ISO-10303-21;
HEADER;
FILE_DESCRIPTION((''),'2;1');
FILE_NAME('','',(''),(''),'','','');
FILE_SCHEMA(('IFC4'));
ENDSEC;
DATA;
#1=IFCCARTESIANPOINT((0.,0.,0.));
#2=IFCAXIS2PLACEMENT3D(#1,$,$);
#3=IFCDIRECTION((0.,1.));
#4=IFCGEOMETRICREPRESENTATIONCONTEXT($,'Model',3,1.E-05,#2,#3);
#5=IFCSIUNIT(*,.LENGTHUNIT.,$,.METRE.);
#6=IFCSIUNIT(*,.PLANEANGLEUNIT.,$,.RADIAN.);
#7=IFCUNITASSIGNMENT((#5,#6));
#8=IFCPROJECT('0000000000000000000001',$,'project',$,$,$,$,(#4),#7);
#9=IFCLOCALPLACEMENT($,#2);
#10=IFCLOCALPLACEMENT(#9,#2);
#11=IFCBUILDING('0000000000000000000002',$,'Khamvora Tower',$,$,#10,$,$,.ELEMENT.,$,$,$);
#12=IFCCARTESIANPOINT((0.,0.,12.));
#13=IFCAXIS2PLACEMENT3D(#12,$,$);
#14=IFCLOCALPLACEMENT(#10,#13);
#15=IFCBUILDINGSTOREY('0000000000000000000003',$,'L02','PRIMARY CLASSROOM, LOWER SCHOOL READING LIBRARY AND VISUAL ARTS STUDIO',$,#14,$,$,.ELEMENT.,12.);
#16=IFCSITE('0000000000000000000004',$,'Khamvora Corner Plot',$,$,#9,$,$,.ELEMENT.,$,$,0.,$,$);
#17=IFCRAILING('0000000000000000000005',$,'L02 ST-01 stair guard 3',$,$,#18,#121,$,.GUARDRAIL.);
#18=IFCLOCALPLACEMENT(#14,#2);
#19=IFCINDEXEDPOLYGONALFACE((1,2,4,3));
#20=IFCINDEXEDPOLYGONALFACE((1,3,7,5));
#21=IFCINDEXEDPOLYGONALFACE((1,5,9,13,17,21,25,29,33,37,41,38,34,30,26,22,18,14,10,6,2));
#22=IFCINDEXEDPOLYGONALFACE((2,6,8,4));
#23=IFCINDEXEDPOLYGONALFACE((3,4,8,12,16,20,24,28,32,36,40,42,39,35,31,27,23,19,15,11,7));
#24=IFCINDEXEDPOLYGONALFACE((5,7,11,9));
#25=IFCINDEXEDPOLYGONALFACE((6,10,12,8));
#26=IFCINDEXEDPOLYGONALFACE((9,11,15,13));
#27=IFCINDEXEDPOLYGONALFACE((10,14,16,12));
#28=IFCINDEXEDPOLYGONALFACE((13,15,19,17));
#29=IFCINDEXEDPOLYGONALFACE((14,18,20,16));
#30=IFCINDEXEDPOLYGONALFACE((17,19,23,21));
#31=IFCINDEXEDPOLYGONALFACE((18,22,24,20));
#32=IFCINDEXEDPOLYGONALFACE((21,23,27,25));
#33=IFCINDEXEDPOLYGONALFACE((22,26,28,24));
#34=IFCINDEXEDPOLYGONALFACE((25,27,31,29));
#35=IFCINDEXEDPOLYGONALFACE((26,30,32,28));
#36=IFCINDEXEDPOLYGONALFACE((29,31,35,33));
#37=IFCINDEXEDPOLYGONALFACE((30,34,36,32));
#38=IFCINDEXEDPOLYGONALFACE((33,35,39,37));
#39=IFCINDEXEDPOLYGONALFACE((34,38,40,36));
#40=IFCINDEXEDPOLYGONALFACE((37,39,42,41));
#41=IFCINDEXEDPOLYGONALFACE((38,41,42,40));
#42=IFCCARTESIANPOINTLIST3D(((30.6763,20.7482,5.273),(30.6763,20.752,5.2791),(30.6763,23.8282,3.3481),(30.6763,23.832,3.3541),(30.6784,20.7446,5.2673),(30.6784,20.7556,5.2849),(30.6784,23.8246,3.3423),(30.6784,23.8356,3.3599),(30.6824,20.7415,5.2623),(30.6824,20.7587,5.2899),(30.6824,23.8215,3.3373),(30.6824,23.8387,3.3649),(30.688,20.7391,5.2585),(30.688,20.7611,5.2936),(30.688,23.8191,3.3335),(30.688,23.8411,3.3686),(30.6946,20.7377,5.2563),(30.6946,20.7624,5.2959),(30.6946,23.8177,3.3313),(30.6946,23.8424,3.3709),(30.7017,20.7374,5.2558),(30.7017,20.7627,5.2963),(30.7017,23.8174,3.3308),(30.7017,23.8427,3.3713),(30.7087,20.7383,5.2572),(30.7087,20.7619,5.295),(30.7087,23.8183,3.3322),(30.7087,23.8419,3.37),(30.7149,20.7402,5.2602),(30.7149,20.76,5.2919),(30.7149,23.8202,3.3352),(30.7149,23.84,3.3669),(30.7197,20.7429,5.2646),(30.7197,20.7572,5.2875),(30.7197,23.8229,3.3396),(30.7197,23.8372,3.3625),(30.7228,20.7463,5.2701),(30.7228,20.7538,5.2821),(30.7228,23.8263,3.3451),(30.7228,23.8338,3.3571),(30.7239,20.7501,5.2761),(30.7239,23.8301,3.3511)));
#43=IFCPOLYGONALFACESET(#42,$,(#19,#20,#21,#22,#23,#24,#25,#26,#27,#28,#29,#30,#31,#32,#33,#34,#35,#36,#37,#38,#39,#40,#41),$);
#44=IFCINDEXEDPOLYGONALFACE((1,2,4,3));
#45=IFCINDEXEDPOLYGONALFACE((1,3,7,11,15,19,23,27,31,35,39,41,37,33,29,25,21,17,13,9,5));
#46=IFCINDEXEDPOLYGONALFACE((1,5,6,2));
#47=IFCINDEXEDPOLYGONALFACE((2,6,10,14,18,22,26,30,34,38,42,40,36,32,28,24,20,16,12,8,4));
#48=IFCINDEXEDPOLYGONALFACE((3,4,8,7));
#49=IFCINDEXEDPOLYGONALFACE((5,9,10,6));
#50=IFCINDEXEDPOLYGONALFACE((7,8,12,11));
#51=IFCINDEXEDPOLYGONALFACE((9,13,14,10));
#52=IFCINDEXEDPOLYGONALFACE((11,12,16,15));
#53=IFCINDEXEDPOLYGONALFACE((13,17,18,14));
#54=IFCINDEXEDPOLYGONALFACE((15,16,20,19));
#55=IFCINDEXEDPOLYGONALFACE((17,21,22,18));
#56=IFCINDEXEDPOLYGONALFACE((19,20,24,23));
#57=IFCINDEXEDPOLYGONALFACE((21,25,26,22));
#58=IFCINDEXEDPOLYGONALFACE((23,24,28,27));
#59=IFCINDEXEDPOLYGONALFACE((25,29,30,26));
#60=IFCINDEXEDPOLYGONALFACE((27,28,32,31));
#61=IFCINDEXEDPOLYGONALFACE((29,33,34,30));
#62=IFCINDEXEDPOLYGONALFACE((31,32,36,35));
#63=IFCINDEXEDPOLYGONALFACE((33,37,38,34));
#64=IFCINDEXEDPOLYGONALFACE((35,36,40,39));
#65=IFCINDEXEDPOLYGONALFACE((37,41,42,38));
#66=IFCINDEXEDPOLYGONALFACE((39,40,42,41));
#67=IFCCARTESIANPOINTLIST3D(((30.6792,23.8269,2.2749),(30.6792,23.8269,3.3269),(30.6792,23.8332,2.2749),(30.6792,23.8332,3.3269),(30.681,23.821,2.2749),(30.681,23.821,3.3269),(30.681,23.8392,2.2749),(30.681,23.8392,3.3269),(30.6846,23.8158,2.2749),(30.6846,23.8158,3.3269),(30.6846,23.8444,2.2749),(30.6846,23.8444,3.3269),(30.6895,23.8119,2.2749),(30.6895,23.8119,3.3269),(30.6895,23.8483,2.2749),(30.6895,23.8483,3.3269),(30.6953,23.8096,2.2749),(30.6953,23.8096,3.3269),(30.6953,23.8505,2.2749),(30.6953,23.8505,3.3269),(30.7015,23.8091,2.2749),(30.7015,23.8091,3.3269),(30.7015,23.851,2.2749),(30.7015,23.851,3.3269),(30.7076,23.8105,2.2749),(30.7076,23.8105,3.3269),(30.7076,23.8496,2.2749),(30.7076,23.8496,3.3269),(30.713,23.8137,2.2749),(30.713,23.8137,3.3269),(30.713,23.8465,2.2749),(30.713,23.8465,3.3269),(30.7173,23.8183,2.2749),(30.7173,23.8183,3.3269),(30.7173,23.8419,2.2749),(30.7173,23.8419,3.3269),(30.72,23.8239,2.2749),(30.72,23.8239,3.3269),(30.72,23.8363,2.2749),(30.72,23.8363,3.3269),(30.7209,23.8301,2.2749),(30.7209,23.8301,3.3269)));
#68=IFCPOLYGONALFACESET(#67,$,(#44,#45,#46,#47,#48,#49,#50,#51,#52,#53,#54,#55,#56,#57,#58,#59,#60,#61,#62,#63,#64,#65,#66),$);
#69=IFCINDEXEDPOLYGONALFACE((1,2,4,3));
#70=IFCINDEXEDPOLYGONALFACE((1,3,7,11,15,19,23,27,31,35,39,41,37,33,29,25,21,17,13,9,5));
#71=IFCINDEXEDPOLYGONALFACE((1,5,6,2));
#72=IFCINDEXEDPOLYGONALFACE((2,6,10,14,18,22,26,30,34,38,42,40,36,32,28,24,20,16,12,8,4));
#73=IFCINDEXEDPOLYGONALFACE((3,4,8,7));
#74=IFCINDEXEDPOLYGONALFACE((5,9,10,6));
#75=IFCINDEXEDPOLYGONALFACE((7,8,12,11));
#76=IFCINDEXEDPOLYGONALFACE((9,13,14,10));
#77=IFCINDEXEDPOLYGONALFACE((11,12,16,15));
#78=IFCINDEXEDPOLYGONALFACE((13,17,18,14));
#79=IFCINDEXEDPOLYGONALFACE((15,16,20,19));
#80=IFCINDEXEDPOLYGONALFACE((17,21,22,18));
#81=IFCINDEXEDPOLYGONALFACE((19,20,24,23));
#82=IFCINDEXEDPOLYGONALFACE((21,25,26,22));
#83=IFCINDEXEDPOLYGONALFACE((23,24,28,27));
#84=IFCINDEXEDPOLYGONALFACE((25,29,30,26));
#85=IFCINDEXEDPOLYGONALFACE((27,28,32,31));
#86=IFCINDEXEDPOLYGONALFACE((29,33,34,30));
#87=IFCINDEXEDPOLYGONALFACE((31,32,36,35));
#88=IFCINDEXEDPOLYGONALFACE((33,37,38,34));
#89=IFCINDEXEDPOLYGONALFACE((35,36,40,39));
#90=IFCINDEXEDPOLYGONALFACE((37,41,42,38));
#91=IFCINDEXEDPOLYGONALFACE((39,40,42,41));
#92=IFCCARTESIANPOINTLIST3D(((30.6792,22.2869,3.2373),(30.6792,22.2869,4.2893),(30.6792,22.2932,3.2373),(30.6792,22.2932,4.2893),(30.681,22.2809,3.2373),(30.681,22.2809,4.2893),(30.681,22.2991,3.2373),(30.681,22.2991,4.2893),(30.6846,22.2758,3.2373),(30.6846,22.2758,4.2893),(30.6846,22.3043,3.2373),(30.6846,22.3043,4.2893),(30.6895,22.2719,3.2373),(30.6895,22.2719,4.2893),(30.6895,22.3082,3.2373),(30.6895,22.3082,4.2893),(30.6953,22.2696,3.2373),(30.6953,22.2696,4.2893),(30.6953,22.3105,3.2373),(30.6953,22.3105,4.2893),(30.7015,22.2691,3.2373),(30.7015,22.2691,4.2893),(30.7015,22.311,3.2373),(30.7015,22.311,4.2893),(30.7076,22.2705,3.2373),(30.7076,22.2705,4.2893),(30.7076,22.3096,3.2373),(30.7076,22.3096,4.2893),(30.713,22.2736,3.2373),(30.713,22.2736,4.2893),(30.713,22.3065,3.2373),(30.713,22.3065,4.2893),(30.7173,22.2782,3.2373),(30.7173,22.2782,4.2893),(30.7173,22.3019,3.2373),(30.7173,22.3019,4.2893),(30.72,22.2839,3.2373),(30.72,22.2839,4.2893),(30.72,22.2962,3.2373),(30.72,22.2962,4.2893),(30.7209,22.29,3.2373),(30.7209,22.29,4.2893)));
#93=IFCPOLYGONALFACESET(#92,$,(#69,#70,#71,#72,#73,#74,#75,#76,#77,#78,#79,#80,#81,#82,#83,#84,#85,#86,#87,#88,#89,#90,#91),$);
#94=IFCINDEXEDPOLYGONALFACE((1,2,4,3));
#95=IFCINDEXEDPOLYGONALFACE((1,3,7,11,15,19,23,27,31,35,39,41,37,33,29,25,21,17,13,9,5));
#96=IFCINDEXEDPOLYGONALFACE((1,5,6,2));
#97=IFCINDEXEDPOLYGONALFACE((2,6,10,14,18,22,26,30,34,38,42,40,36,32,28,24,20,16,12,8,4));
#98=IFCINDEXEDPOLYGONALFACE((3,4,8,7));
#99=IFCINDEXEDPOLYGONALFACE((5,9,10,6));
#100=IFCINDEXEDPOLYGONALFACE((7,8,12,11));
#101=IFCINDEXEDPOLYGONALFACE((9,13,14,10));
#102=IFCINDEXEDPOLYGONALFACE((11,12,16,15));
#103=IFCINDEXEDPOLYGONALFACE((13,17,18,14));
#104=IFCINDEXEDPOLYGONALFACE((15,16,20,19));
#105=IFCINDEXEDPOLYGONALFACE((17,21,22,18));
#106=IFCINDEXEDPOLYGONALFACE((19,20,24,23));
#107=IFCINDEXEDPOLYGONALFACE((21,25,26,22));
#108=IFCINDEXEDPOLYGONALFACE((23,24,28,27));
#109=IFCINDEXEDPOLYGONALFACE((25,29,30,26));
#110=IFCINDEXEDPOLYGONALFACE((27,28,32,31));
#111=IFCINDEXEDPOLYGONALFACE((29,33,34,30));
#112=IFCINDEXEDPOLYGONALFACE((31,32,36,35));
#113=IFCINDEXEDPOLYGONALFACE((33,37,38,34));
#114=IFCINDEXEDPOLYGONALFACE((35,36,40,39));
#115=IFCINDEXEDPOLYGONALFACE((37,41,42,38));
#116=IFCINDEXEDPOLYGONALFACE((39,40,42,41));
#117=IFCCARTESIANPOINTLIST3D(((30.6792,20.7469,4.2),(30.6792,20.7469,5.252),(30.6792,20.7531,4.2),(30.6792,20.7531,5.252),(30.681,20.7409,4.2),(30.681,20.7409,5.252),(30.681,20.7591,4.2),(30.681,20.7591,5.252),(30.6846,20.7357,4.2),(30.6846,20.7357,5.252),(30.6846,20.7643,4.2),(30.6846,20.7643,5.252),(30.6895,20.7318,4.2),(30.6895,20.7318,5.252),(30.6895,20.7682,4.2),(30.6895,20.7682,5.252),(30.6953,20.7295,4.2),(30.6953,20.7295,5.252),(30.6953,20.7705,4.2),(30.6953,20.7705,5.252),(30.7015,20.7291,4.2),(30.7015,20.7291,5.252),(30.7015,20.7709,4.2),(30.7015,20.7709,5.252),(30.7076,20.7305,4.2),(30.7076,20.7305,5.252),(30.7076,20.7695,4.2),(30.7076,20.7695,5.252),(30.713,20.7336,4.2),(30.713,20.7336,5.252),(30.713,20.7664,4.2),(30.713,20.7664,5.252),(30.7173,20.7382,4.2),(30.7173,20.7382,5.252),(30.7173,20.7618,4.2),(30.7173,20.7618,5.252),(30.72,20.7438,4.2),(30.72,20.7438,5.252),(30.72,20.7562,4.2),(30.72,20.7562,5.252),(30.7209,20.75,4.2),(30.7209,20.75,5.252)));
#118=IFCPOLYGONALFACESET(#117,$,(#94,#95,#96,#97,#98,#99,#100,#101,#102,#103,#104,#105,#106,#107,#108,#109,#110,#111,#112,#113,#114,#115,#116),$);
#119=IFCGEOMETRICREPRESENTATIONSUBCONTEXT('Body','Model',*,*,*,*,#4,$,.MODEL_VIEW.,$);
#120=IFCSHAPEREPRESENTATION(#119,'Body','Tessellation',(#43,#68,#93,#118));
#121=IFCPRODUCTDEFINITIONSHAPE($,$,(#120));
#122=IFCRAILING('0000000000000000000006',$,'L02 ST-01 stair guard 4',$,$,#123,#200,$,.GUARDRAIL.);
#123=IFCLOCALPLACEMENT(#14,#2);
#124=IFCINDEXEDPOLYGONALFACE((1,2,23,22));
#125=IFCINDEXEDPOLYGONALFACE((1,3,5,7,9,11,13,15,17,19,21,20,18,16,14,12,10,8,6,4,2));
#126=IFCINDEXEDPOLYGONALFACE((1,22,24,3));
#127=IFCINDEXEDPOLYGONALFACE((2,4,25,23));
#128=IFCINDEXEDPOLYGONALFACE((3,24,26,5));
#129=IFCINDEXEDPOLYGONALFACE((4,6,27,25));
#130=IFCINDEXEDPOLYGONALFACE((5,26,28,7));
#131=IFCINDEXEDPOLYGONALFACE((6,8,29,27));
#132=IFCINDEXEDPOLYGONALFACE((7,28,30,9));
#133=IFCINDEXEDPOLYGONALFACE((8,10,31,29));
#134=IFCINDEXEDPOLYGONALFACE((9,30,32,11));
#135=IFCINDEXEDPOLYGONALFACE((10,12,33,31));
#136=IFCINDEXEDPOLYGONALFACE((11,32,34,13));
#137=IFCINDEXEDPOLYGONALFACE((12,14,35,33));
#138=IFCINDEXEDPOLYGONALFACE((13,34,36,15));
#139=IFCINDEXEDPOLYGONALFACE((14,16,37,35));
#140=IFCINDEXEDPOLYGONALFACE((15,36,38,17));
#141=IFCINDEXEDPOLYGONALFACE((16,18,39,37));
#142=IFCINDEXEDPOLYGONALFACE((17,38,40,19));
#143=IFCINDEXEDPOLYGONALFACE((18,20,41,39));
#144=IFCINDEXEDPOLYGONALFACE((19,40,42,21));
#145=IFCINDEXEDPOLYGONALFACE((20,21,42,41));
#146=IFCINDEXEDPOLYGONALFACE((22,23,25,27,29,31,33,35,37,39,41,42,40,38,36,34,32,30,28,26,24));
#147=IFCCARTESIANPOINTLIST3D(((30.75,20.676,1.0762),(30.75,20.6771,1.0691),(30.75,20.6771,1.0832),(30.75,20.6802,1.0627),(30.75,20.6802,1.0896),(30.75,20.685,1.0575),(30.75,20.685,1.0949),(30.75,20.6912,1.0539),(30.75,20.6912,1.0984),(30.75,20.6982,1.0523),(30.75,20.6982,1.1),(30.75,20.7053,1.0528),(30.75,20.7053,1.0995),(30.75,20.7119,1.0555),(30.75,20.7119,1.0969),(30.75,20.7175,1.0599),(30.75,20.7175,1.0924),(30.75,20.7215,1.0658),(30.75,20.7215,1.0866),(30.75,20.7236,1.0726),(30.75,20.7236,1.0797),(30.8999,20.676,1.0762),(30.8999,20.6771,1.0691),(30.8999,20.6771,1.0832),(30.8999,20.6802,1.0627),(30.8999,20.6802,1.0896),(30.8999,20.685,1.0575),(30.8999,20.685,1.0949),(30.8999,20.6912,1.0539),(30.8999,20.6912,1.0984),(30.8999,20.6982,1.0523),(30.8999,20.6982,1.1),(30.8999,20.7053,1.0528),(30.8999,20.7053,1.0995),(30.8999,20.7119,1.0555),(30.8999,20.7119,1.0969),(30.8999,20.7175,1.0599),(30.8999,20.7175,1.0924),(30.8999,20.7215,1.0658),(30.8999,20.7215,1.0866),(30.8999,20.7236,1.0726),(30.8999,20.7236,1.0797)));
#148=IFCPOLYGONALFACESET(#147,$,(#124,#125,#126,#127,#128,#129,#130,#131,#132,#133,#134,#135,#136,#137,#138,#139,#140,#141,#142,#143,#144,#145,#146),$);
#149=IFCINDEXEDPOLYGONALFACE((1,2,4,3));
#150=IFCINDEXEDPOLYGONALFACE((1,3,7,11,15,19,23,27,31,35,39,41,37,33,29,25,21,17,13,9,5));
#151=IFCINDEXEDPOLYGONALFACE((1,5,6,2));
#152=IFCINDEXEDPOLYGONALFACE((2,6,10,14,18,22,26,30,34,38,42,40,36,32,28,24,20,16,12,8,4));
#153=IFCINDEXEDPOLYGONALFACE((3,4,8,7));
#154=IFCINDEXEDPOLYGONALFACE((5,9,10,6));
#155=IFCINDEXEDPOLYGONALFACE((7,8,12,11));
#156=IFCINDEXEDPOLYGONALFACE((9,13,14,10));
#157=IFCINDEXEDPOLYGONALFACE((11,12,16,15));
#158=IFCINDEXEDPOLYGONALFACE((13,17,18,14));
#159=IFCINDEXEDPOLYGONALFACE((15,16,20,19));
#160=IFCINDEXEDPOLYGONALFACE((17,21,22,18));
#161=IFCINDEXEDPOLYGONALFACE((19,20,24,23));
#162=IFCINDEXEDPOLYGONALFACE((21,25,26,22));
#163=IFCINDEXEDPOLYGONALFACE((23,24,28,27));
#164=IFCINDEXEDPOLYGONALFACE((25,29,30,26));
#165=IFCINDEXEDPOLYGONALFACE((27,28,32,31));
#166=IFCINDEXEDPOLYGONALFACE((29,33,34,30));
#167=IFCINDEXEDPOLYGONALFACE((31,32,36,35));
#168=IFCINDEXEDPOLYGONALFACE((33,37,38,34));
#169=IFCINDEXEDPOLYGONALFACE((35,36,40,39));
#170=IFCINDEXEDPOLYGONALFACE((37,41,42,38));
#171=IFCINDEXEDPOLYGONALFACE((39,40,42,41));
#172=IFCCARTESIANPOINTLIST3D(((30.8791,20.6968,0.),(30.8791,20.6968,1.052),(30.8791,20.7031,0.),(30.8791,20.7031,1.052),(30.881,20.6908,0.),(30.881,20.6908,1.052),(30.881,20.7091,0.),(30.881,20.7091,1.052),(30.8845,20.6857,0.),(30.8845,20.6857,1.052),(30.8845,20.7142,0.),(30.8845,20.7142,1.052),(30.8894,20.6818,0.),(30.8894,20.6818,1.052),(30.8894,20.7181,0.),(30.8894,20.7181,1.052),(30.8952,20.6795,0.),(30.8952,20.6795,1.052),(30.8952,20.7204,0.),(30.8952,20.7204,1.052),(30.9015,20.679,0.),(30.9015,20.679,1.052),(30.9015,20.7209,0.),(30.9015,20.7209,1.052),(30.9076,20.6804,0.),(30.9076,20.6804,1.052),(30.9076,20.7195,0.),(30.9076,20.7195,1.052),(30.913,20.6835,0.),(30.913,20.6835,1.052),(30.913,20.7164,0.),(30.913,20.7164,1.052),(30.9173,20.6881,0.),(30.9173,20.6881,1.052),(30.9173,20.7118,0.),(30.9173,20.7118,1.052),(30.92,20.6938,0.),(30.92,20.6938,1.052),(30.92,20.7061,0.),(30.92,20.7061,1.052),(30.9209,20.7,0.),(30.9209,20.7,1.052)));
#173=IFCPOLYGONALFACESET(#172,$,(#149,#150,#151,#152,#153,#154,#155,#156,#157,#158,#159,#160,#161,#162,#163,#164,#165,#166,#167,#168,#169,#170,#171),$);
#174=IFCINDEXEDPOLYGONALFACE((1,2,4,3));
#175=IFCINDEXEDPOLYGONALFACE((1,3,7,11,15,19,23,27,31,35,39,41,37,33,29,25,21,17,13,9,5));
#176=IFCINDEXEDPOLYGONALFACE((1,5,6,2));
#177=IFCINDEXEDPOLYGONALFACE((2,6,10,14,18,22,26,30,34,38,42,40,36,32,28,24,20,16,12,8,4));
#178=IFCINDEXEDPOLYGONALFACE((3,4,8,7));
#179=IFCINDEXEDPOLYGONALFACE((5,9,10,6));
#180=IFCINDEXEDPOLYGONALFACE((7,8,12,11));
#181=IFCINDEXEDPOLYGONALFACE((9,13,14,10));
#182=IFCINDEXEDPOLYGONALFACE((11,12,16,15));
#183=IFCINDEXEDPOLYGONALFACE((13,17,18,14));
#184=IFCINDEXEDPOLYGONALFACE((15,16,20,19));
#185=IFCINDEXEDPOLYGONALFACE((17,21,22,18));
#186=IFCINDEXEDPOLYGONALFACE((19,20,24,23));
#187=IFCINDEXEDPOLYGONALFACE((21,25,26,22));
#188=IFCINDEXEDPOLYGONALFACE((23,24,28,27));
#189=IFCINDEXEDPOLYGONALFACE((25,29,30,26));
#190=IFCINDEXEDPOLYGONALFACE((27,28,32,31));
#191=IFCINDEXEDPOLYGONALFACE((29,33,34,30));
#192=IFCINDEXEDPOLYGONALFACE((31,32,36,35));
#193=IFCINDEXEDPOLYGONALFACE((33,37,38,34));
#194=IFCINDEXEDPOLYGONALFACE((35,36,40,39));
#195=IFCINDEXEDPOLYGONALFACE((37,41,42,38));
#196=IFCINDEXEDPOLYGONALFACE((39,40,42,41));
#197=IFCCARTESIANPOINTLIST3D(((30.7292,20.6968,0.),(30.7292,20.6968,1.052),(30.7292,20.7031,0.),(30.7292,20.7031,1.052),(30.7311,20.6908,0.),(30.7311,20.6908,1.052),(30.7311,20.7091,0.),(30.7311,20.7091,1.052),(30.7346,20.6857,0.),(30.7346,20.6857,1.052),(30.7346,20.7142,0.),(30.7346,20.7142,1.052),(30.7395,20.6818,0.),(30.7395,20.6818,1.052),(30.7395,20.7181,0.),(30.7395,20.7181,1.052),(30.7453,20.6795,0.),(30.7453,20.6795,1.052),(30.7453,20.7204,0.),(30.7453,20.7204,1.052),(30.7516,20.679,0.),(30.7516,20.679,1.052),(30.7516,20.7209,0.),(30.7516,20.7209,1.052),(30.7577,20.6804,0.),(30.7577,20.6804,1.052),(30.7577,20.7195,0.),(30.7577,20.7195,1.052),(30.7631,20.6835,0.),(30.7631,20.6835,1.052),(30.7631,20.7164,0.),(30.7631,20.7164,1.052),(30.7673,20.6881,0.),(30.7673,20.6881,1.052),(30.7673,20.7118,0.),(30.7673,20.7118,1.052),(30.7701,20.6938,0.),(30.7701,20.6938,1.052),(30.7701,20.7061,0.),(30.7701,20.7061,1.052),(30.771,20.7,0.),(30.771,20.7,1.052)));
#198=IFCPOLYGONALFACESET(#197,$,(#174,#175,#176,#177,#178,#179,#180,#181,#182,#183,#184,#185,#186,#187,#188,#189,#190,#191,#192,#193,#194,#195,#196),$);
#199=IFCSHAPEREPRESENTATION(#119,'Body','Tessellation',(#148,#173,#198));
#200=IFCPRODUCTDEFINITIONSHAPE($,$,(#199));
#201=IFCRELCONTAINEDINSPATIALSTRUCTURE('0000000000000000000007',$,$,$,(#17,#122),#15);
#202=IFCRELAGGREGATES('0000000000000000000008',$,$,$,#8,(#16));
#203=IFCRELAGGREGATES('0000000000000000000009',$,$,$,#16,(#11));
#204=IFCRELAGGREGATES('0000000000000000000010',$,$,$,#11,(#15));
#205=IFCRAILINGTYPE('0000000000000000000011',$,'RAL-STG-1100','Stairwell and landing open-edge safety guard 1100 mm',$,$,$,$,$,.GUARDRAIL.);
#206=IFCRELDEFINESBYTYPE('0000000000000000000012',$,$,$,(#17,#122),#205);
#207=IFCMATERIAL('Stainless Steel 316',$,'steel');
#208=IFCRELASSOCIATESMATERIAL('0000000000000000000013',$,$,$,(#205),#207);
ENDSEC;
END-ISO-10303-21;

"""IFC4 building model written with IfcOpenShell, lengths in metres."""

from ifc_helpers import new_model, si_unit, direction, frame, origin, origin_2d, place, context, subcontext, project, spatial, circle, extrude, material, type_object, element, save


model = new_model("IFC4")

# Units and contexts
model_context = context("Model", 3, precision=1e-05, world=origin(), true_north=direction((0.0, 1.0)))
body_context = subcontext(model_context, "Body", "Model", "MODEL_VIEW")
ifc_project = project(units=[si_unit("LENGTHUNIT", "METRE"), si_unit("PLANEANGLEUNIT", "RADIAN")], contexts=[model_context])

# Site, building, storey
site_placement = place(None, origin())
site = spatial("IfcSite", under=ifc_project, at=site_placement, Name="Khamvora Corner Plot", CompositionType="ELEMENT", RefElevation=0.0)
building_placement = place(site_placement, origin())
building = spatial("IfcBuilding", under=site, at=building_placement, Name="Khamvora Tower", CompositionType="ELEMENT")
storey_placement = place(building_placement, frame((0.0, 0.0, 12.0)))
storey = spatial("IfcBuildingStorey", under=building, at=storey_placement, Name="L02", Description="PRIMARY CLASSROOM, LOWER SCHOOL READING LIBRARY AND VISUAL ARTS STUDIO", CompositionType="ELEMENT", Elevation=12.0)

# Railings
ifc_material_1 = material(Name="Stainless Steel 316", Category="steel")
railing_type_1 = type_object("IfcRailingType", Name="RAL-STG-1100", Description="Stairwell and landing open-edge safety guard 1100 mm", PredefinedType="GUARDRAIL", material=ifc_material_1)
railing_1_placement = place(storey_placement, frame((30.7, 23.8301, 2.2749)))
element("IfcRailing", 1, at=railing_1_placement, inside=storey, type_object=railing_type_1, Name="L02 ST-01 stair guard 3", PredefinedType="GUARDRAIL", context=body_context, shape_type="SweptSolid", body=[
    extrude(circle(Radius=0.0239, at=origin_2d()), frame((0.0, 0.0, 1.0762), z_axis=(0.0, -0.847998, 0.529999), x_axis=(1.0, 0.0, 0.0)), (0.0, 0.0, 1.0), 3.6321),
    extrude(circle(Radius=0.021, at=origin_2d()), origin(), (0.0, 0.0, 1.0), 1.052),
    extrude(circle(Radius=0.021, at=origin_2d()), frame((0.0, -1.54, 0.9624)), (0.0, 0.0, 1.0), 1.052),
    extrude(circle(Radius=0.021, at=origin_2d()), frame((0.0, -3.0801, 1.925)), (0.0, 0.0, 1.0), 1.052),
])
railing_2_placement = place(storey_placement, frame((30.8999, 20.7, 0.0)))
element("IfcRailing", 2, at=railing_2_placement, inside=storey, type_object=railing_type_1, Name="L02 ST-01 stair guard 4", PredefinedType="GUARDRAIL", context=body_context, shape_type="SweptSolid", body=[
    extrude(circle(Radius=0.0239, at=origin_2d()), frame((0.0, 0.0, 1.0762), z_axis=(-1.0, 0.0, 0.0), x_axis=(0.0, -1.0, 0.0)), (0.0, 0.0, 1.0), 0.1499),
    extrude(circle(Radius=0.021, at=origin_2d()), origin(), (0.0, 0.0, 1.0), 1.052),
    extrude(circle(Radius=0.021, at=origin_2d()), frame((-0.1499, 0.0, 0.0)), (0.0, 0.0, 1.0), 1.052),
])

save(model, "model.ifc")
